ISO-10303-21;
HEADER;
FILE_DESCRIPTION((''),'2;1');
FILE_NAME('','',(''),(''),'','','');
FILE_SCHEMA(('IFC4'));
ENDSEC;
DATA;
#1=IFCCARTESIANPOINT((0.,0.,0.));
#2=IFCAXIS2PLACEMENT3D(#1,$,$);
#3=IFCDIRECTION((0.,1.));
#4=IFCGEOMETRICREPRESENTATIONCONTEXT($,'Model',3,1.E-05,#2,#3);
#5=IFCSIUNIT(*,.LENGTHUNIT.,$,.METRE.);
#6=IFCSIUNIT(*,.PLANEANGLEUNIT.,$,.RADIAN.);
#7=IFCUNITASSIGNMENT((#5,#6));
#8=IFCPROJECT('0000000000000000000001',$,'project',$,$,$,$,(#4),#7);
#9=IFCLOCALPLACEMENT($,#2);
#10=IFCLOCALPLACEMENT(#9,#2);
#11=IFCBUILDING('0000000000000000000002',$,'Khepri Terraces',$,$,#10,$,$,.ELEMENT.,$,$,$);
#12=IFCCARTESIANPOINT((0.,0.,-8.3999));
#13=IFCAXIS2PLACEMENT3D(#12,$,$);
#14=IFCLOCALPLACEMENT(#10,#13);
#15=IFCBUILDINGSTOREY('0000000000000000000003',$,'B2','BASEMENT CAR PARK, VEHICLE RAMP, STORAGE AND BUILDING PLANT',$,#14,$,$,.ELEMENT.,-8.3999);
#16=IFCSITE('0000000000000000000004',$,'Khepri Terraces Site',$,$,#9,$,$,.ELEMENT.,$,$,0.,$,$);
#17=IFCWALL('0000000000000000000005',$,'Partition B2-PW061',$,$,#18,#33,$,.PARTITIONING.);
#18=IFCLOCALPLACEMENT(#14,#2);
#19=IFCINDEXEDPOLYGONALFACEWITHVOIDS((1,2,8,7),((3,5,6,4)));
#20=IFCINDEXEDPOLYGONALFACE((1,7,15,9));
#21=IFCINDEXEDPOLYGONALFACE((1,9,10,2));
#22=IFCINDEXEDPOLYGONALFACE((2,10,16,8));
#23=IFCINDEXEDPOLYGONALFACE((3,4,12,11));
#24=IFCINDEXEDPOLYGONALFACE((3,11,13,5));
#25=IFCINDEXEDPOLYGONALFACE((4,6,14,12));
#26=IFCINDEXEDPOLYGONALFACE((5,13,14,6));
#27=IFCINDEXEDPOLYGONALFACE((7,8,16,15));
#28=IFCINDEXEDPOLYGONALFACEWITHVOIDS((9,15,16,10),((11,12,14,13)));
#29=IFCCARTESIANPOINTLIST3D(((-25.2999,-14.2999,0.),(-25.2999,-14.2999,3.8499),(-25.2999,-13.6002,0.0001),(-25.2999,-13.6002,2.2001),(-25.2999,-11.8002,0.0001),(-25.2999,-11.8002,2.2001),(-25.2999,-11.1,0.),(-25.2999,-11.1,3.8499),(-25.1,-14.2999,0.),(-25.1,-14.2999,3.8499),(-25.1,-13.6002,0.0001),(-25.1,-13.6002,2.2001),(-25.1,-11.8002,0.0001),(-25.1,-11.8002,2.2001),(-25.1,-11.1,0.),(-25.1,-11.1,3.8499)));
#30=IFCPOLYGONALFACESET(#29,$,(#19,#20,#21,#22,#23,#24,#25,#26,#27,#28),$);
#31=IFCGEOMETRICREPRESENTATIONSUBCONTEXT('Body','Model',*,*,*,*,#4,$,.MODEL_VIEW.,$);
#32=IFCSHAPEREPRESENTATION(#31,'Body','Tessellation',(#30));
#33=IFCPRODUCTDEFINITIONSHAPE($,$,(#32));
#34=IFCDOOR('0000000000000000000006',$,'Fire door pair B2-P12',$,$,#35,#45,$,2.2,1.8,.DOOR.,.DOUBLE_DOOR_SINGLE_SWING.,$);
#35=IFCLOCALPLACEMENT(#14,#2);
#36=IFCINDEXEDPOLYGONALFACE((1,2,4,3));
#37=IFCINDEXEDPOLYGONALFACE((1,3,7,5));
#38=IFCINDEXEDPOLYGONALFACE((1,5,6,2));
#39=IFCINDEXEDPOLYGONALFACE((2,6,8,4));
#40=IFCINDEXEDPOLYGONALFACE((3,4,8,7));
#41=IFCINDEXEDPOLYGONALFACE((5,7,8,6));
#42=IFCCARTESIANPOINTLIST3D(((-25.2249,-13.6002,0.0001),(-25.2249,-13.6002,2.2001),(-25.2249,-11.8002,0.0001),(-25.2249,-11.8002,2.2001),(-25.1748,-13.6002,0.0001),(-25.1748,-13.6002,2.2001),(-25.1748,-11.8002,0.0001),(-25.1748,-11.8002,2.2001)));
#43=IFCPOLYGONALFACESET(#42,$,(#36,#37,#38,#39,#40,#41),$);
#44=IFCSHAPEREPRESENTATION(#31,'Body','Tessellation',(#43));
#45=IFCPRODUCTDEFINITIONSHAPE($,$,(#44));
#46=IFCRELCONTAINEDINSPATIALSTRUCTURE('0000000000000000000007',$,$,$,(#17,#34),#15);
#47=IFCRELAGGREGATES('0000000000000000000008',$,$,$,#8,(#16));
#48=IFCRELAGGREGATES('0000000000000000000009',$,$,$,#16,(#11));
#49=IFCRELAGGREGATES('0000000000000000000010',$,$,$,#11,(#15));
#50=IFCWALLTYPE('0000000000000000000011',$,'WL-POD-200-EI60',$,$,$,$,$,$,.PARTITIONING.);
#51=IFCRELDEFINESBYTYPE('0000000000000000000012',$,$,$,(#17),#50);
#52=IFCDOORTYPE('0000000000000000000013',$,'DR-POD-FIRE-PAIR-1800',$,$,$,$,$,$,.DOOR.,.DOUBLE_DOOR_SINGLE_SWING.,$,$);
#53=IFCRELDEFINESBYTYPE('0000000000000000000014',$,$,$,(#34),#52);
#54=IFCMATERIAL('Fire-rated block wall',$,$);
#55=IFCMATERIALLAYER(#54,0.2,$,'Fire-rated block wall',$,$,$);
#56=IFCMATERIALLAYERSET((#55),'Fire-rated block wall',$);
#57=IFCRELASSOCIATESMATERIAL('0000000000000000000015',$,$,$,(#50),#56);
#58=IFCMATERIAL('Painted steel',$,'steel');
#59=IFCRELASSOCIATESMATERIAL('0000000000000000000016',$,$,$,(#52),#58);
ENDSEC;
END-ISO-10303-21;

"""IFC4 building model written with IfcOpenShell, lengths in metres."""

from ifc_helpers import new_model, si_unit, direction, frame, frame_2d, origin, place, context, subcontext, project, spatial, rectangle, extrude, material, layer, layer_set, type_object, element, fill, save


model = new_model("IFC4")

# Units and contexts
model_context = context("Model", 3, precision=1e-05, world=origin(), true_north=direction((0.0, 1.0)))
body_context = subcontext(model_context, "Body", "Model", "MODEL_VIEW")
ifc_project = project(units=[si_unit("LENGTHUNIT", "METRE"), si_unit("PLANEANGLEUNIT", "RADIAN")], contexts=[model_context])

# Site, building, storey
site_placement = place(None, origin())
site = spatial("IfcSite", under=ifc_project, at=site_placement, Name="Khepri Terraces Site", CompositionType="ELEMENT", RefElevation=0.0)
building_placement = place(site_placement, origin())
building = spatial("IfcBuilding", under=site, at=building_placement, Name="Khepri Terraces", CompositionType="ELEMENT")
storey_placement = place(building_placement, frame((0.0, 0.0, -8.3999)))
storey = spatial("IfcBuildingStorey", under=building, at=storey_placement, Name="B2", Description="BASEMENT CAR PARK, VEHICLE RAMP, STORAGE AND BUILDING PLANT", CompositionType="ELEMENT", Elevation=-8.3999)

# Shared definitions
ifc_material_1 = material(Name="Fire-rated block wall")

# Wall, opening, door
ifc_layer_1 = layer(ifc_material_1, 0.2, Name="Fire-rated block wall")
ifc_layer_set_1 = layer_set([ifc_layer_1], Name="Fire-rated block wall")
wall_type_1 = type_object("IfcWallType", Name="WL-POD-200-EI60", PredefinedType="PARTITIONING", material=ifc_layer_set_1)
wall_1_placement = place(storey_placement, frame((-25.2, -14.3, 0.0), z_axis=(0.0, 0.0, 1.0), x_axis=(0.0, 1.0, 0.0)))
wall_1 = element("IfcWall", 1, at=wall_1_placement, inside=storey, type_object=wall_type_1, Name="Partition B2-PW061", PredefinedType="PARTITIONING", context=body_context, shape_type="SweptSolid", body=[
    extrude(rectangle(XDim=3.2, YDim=0.2, at=frame_2d((1.6001, 0.0))), origin(), (0.0, 0.0, 1.0), 3.8499),
])
opening_placement = place(wall_1_placement, frame((0.7, 0.0, 0.0)))
opening = element("IfcOpeningElement", 2, at=opening_placement, cuts=wall_1, PredefinedType="OPENING", context=body_context, shape_type="SweptSolid", body=[
    extrude(rectangle(XDim=1.8, YDim=2.2, at=frame_2d((0.8999, 1.1001))), frame((0.0, 0.1099, 0.0), z_axis=(0.0, -1.0, 0.0), x_axis=(1.0, 0.0, 0.0)), (0.0, 0.0, 1.0), 0.22),
])
ifc_material_2 = material(Name="Painted steel", Category="steel")
door_type = type_object("IfcDoorType", Name="DR-POD-FIRE-PAIR-1800", OperationType="DOUBLE_DOOR_SINGLE_SWING", PredefinedType="DOOR", material=ifc_material_2)
door_placement = place(opening_placement, origin())
door = element("IfcDoor", 3, at=door_placement, inside=storey, type_object=door_type, Name="Fire door pair B2-P12", OperationType="DOUBLE_DOOR_SINGLE_SWING", OverallHeight=2.2, OverallWidth=1.8, PredefinedType="DOOR", context=body_context, shape_type="SweptSolid", body=[
    extrude(rectangle(XDim=1.8, YDim=2.2, at=frame_2d((0.8999, 1.1001))), frame((0.0, 0.0249, 0.0), z_axis=(0.0, -1.0, 0.0), x_axis=(1.0, 0.0, 0.0)), (0.0, 0.0, 1.0), 0.05),
])
fill(opening, door)

save(model, "model.ifc")
